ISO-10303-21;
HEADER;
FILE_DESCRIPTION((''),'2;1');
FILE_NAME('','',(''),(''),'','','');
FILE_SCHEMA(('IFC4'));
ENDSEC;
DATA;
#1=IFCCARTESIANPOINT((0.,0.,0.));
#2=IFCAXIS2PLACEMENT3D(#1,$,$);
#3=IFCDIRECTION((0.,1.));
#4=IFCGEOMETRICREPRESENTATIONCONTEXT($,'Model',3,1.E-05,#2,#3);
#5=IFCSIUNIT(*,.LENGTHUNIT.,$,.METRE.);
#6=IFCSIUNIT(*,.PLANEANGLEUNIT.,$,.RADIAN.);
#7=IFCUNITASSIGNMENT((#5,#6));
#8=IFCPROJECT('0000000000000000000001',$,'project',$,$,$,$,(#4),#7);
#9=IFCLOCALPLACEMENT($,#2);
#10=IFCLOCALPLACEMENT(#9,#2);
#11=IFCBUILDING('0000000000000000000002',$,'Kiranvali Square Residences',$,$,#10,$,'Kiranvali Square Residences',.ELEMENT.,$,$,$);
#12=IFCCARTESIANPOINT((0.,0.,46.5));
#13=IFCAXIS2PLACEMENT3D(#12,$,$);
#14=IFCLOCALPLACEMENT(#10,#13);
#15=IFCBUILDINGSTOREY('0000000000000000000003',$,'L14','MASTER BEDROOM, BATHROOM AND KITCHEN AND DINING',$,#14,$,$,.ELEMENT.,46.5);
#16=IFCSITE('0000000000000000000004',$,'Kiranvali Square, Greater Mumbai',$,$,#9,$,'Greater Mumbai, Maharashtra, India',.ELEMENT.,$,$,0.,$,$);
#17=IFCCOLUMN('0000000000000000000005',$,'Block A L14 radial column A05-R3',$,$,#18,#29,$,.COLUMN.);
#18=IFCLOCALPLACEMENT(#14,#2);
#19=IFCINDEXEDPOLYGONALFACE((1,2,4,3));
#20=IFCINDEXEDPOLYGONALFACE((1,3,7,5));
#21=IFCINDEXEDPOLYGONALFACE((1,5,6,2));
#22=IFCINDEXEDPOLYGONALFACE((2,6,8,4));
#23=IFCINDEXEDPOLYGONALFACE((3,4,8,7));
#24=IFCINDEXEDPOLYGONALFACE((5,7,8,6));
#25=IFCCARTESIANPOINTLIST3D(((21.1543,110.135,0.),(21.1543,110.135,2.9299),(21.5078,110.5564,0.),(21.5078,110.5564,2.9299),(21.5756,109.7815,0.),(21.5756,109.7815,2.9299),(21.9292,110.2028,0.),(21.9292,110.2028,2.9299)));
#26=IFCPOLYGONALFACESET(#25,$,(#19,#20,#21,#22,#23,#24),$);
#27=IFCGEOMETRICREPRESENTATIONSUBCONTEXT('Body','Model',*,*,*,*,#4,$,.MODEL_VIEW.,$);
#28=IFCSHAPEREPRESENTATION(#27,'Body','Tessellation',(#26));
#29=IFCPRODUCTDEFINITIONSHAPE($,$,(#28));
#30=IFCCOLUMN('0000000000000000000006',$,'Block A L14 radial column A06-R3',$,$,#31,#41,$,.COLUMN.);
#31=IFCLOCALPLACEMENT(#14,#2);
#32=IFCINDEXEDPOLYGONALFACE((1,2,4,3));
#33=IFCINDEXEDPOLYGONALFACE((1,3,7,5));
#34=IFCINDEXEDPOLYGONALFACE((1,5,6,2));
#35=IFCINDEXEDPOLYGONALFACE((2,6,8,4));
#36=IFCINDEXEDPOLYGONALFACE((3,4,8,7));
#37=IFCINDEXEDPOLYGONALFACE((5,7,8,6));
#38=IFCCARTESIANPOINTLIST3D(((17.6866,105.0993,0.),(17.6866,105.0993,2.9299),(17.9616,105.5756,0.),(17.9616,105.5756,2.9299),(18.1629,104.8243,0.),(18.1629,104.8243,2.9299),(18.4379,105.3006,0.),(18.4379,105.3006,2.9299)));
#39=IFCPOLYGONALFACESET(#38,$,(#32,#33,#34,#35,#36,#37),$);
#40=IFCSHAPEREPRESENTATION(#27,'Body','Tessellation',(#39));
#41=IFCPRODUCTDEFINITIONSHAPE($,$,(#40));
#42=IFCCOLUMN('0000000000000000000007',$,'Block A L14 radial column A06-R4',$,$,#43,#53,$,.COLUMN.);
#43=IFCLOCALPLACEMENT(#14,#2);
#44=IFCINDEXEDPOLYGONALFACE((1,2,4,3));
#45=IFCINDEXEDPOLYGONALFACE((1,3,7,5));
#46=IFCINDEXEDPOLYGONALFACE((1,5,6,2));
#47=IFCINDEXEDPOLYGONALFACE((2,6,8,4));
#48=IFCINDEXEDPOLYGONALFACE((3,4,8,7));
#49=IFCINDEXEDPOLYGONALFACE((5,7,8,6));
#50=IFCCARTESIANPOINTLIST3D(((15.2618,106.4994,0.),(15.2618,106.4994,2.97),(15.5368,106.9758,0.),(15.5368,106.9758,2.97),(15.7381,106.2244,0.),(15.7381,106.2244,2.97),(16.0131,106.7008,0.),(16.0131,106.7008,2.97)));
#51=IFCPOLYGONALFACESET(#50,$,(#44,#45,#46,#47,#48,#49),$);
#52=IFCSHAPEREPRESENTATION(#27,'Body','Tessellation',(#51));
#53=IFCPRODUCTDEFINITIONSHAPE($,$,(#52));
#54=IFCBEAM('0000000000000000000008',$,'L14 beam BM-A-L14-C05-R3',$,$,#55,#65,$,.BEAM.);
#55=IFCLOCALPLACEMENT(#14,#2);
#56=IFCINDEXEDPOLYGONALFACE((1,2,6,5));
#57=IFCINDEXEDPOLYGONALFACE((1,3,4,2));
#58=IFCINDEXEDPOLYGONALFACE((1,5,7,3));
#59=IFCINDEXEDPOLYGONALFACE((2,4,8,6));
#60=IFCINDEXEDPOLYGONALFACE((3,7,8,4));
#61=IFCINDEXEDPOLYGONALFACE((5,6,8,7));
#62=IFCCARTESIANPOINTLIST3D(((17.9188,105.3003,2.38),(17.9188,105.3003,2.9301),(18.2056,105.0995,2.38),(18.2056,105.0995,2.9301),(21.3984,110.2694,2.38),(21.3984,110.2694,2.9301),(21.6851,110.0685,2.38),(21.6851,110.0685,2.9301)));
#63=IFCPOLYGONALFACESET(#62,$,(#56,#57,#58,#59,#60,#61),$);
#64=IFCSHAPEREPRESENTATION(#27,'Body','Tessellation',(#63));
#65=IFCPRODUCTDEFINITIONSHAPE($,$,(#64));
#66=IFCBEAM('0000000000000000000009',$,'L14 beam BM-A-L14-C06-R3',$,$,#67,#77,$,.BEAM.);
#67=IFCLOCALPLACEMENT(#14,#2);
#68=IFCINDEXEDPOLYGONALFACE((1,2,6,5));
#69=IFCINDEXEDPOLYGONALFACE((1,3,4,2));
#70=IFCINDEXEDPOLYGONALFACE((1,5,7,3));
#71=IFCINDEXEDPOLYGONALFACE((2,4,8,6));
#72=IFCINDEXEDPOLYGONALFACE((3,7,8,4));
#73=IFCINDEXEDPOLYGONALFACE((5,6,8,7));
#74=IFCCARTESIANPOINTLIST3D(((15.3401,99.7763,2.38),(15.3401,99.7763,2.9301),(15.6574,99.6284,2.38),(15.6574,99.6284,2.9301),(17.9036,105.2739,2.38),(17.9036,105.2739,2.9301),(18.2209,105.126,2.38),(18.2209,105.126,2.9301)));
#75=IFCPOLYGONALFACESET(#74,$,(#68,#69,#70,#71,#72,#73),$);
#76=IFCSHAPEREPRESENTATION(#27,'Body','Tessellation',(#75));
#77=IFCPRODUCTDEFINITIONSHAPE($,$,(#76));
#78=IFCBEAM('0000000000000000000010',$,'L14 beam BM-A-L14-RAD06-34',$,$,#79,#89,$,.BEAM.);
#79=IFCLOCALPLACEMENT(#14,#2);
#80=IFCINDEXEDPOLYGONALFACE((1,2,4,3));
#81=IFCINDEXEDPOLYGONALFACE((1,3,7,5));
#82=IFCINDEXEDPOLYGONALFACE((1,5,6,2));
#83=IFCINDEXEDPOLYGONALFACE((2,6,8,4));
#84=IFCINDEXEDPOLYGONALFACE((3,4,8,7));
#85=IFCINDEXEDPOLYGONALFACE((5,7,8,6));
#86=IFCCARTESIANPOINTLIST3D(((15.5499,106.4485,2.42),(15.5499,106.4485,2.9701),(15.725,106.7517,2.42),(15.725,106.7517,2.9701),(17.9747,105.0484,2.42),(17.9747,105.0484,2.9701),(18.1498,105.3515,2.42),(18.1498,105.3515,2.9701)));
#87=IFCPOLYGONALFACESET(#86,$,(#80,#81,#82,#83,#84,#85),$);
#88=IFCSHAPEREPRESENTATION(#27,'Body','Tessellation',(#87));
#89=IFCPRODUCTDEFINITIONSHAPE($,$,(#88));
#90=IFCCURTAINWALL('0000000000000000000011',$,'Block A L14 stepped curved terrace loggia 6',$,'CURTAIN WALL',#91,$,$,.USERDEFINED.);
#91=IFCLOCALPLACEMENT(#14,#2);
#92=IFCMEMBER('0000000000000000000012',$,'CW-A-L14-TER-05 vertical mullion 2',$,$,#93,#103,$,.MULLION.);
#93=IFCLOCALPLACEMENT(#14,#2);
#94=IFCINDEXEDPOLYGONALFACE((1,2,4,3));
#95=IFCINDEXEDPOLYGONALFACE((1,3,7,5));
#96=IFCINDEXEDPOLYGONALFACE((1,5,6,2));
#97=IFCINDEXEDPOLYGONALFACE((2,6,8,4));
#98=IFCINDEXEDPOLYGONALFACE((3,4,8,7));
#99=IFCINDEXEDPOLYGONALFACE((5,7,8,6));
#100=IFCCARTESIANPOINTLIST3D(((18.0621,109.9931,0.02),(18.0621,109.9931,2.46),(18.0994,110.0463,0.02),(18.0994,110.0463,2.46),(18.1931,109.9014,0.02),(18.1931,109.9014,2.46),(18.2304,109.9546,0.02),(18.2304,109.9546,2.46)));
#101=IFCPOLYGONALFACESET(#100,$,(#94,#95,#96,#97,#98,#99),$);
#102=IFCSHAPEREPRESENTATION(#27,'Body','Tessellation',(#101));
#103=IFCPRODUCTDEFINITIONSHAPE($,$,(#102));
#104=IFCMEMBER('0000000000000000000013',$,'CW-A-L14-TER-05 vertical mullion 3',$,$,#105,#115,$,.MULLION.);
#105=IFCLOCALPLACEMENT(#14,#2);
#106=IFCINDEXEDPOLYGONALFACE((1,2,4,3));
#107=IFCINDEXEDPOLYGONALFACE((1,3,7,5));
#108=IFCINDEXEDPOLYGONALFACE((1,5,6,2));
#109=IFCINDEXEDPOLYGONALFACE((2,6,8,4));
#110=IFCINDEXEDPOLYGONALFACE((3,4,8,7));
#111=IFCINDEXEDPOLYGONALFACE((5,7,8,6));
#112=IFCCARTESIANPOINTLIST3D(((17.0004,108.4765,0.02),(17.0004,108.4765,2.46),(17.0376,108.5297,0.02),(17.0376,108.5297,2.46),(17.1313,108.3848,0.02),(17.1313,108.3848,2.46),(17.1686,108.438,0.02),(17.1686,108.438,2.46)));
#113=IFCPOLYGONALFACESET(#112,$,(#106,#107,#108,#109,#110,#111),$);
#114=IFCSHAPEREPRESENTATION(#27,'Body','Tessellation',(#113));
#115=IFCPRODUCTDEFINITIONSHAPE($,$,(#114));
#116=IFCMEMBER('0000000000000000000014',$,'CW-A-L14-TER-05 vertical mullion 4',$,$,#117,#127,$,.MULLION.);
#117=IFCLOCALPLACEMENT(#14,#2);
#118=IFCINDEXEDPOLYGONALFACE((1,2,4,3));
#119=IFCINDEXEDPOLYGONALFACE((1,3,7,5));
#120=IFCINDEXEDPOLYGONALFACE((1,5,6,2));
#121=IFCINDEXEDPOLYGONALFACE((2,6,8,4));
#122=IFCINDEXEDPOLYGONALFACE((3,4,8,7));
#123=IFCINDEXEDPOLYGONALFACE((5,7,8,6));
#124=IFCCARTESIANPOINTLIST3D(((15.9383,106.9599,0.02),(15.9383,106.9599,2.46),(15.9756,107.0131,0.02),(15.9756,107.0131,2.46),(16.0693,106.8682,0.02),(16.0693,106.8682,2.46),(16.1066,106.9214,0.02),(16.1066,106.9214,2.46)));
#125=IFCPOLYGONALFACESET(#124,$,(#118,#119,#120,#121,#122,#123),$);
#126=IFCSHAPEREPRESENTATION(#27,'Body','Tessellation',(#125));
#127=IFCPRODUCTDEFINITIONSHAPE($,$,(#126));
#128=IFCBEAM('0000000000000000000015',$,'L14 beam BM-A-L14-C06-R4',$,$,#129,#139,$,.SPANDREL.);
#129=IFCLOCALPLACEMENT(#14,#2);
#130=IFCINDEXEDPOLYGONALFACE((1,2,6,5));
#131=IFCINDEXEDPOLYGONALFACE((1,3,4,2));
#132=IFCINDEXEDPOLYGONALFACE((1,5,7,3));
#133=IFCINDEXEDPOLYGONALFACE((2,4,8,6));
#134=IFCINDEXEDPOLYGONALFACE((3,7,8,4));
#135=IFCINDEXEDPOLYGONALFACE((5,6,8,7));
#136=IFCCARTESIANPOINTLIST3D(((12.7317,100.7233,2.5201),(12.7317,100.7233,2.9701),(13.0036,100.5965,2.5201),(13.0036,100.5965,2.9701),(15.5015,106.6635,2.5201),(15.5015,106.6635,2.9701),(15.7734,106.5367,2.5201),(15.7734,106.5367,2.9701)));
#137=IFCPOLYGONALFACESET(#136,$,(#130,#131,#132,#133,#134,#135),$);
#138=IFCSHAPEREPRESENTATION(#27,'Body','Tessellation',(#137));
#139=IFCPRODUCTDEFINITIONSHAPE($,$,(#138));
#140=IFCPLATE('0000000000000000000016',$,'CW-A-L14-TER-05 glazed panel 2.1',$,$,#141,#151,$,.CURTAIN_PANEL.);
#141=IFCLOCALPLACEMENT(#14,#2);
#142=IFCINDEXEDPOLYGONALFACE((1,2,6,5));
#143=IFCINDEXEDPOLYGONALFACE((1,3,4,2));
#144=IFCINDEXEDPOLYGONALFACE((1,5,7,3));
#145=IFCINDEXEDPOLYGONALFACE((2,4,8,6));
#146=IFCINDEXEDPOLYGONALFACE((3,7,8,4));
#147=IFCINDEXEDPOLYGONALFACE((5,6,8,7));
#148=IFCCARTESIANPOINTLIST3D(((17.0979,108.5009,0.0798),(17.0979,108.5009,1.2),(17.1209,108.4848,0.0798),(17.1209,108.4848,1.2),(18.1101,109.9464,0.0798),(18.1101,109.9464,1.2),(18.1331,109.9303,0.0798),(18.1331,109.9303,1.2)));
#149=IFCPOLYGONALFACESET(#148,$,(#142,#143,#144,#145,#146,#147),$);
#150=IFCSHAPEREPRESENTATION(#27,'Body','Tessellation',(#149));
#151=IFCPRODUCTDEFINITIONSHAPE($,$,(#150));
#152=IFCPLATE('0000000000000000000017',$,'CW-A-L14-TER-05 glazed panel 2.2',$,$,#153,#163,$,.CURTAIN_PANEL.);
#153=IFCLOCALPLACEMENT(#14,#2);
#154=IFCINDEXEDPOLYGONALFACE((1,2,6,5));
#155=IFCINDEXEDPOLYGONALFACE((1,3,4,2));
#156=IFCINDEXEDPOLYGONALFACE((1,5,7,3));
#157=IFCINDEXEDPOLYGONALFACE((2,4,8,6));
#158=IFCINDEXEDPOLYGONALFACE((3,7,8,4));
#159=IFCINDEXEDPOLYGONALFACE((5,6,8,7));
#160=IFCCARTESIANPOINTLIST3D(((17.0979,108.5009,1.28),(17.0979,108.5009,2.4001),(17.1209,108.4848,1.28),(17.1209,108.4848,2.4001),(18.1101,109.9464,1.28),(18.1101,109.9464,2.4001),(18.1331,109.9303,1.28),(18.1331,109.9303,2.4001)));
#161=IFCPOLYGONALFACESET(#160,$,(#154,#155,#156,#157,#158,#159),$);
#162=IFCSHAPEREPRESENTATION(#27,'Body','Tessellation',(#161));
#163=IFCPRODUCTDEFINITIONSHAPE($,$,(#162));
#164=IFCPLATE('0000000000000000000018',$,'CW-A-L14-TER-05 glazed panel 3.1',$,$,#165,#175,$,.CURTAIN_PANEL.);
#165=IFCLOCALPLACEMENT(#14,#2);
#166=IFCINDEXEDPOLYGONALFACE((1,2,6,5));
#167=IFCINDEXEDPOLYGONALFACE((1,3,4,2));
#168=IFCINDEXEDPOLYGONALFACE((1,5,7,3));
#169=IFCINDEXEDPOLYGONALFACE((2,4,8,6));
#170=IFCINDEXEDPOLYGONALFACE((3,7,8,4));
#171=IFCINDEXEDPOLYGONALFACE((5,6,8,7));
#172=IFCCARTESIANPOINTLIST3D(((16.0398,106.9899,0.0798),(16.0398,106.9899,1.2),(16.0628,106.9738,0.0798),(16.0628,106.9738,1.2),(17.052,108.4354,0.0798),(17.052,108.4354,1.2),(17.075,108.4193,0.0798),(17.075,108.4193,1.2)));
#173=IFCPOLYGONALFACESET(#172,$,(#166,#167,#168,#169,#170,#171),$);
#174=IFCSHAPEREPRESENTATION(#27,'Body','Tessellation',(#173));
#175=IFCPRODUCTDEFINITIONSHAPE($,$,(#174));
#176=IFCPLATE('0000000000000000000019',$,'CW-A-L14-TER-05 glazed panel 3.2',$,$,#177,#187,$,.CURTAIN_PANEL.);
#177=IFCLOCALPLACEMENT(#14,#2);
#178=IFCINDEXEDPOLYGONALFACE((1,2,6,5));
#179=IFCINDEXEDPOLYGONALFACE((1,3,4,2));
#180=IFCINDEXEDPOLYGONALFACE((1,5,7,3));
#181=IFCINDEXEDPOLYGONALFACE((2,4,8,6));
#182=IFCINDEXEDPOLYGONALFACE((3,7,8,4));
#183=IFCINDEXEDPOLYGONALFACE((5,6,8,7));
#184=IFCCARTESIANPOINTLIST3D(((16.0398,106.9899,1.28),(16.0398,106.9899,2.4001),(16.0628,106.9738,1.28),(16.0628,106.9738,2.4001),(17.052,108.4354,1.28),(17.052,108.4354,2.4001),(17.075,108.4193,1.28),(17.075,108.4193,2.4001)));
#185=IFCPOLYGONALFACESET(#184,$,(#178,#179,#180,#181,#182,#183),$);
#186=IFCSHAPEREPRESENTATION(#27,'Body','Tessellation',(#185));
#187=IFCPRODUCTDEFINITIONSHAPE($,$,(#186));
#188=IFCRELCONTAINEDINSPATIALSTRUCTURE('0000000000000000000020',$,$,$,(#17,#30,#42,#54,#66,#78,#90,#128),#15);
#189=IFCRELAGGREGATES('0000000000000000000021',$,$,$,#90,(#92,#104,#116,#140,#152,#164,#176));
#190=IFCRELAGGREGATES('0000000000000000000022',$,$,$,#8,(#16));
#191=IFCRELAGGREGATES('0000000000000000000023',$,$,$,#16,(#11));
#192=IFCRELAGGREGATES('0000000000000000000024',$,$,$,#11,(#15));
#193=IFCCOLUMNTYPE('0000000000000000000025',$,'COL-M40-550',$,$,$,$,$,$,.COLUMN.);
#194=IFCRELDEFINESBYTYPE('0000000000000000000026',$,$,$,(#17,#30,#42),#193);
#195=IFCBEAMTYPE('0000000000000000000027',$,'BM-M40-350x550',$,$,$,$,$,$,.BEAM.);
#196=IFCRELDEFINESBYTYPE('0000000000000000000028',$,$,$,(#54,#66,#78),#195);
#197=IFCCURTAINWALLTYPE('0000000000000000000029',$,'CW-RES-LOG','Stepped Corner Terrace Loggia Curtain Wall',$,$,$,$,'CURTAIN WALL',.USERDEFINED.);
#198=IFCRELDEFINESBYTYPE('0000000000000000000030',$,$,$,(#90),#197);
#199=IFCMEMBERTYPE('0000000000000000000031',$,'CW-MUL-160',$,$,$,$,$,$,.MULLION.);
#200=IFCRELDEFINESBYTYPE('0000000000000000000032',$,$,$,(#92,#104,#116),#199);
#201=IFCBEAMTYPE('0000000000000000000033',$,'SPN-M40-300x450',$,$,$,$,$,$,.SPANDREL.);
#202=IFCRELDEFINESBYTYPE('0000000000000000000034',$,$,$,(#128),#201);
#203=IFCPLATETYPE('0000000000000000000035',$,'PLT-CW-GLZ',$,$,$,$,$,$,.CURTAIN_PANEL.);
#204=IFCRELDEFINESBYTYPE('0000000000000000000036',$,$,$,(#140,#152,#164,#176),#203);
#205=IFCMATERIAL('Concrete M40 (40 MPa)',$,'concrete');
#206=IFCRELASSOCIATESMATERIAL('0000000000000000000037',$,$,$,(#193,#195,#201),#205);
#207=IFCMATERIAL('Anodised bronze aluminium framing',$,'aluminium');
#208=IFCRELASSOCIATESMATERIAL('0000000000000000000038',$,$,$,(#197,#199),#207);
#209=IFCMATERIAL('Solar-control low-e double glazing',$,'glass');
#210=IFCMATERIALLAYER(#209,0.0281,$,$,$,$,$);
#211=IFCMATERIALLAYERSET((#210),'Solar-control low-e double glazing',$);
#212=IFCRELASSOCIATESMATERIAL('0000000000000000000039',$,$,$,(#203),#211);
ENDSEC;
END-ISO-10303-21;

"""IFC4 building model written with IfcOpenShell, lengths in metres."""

from ifc_helpers import new_model, si_unit, direction, frame, origin, origin_2d, place, context, subcontext, project, spatial, rectangle, extrude, material, layer, layer_set, material_profile, profile_set, type_object, element, aggregate, save


model = new_model("IFC4")

# Units and contexts
model_context = context("Model", 3, precision=1e-05, world=origin(), true_north=direction((0.0, 1.0)))
body_context = subcontext(model_context, "Body", "Model", "MODEL_VIEW")
ifc_project = project(units=[si_unit("LENGTHUNIT", "METRE"), si_unit("PLANEANGLEUNIT", "RADIAN")], contexts=[model_context])

# Site, building, storey
site_placement = place(None, origin())
site = spatial("IfcSite", under=ifc_project, at=site_placement, Name="Kiranvali Square, Greater Mumbai", LongName="Greater Mumbai, Maharashtra, India", CompositionType="ELEMENT", RefElevation=0.0)
building_placement = place(site_placement, origin())
building = spatial("IfcBuilding", under=site, at=building_placement, Name="Kiranvali Square Residences", LongName="Kiranvali Square Residences", CompositionType="ELEMENT")
storey_placement = place(building_placement, frame((0.0, 0.0, 46.5)))
storey = spatial("IfcBuildingStorey", under=building, at=storey_placement, Name="L14", Description="MASTER BEDROOM, BATHROOM AND KITCHEN AND DINING", CompositionType="ELEMENT", Elevation=46.5)

# Columns
ifc_material_1 = material(Name="Concrete M40 (40 MPa)", Category="concrete")
ifc_material_profile_1 = material_profile(ifc_material_1, rectangle(XDim=0.55, YDim=0.55, at=origin_2d()), Name="RC 550x550")
ifc_profile_set_1 = profile_set([ifc_material_profile_1], Name="Concrete M40 (40 MPa)")
column_type = type_object("IfcColumnType", Name="COL-M40-550", PredefinedType="COLUMN", material=ifc_profile_set_1)
for number, where, z_axis, x_axis, name in (
    (1, (21.5417, 110.1689, 0.0), (0.0, 0.0, 1.0), (0.642788, 0.766044, 0.0), "Block A L14 radial column A05-R3"),
    (2, (18.0623, 105.2, 0.0), (0.0, 0.0, 1.0), (0.5, 0.866025, 0.0), "Block A L14 radial column A06-R3"),
):
    element("IfcColumn", number, at=place(storey_placement, frame(where, z_axis=z_axis, x_axis=x_axis)), inside=storey, type_object=column_type, Name=name, PredefinedType="COLUMN", context=body_context, shape_type="SweptSolid", body=[
        extrude(rectangle(XDim=0.55, YDim=0.55, at=origin_2d()), origin(), (0.0, 0.0, 1.0), 2.9299),
    ])
column_placement = place(storey_placement, frame((15.6375, 106.6001, 0.0), z_axis=(0.0, 0.0, 1.0), x_axis=(0.5, 0.866025, 0.0)))
element("IfcColumn", 3, at=column_placement, inside=storey, type_object=column_type, Name="Block A L14 radial column A06-R4", PredefinedType="COLUMN", context=body_context, shape_type="SweptSolid", body=[
    extrude(rectangle(XDim=0.55, YDim=0.55, at=origin_2d()), origin(), (0.0, 0.0, 1.0), 2.97),
])

# Beams
ifc_material_profile_2 = material_profile(ifc_material_1, rectangle(XDim=0.3501, YDim=0.55, at=origin_2d()), Name="RC 350x550")
ifc_profile_set_2 = profile_set([ifc_material_profile_2], Name="Concrete M40 (40 MPa)")
beam_type_1 = type_object("IfcBeamType", Name="BM-M40-350x550", PredefinedType="BEAM", material=ifc_profile_set_2)
beam_1_placement = place(storey_placement, frame((21.5417, 110.1689, 2.655), z_axis=(-0.573595, -0.819139, 0.0), x_axis=(0.819139, -0.573595, 0.0)))
element("IfcBeam", 4, at=beam_1_placement, inside=storey, type_object=beam_type_1, Name="L14 beam BM-A-L14-C05-R3", PredefinedType="BEAM", context=body_context, shape_type="SweptSolid", body=[
    extrude(rectangle(XDim=0.3501, YDim=0.55, at=origin_2d()), origin(), (0.0, 0.0, 1.0), 6.0662),
])
beam_2_placement = place(storey_placement, frame((18.0623, 105.2, 2.655), z_axis=(-0.422608, -0.906313, 0.0), x_axis=(0.906313, -0.422608, 0.0)))
element("IfcBeam", 5, at=beam_2_placement, inside=storey, type_object=beam_type_1, Name="L14 beam BM-A-L14-C06-R3", PredefinedType="BEAM", context=body_context, shape_type="SweptSolid", body=[
    extrude(rectangle(XDim=0.3501, YDim=0.55, at=origin_2d()), origin(), (0.0, 0.0, 1.0), 6.0659),
])
beam_3_placement = place(storey_placement, frame((18.0623, 105.2, 2.6951), z_axis=(-0.865997, 0.50005, 0.0), x_axis=(-0.50005, -0.865997, 0.0)))
element("IfcBeam", 6, at=beam_3_placement, inside=storey, type_object=beam_type_1, Name="L14 beam BM-A-L14-RAD06-34", PredefinedType="BEAM", context=body_context, shape_type="SweptSolid", body=[
    extrude(rectangle(XDim=0.3501, YDim=0.55, at=origin_2d()), origin(), (0.0, 0.0, 1.0), 2.8),
])

# Curtain wall, members
ifc_material_2 = material(Name="Anodised bronze aluminium framing", Category="aluminium")
curtain_wall_type = type_object("IfcCurtainWallType", Name="CW-RES-LOG", Description="Stepped Corner Terrace Loggia Curtain Wall", ElementType="CURTAIN WALL", PredefinedType="USERDEFINED", material=ifc_material_2)
curtain_wall_placement = place(storey_placement, origin())
curtain_wall = element("IfcCurtainWall", 7, at=curtain_wall_placement, inside=storey, type_object=curtain_wall_type, Name="Block A L14 stepped curved terrace loggia 6", ObjectType="CURTAIN WALL", PredefinedType="USERDEFINED")
ifc_material_profile_3 = material_profile(ifc_material_2, rectangle(XDim=0.0649, YDim=0.1599, at=origin_2d()), Name="ALU 65x160")
ifc_profile_set_3 = profile_set([ifc_material_profile_3], Name="Anodised bronze aluminium framing")
member_type = type_object("IfcMemberType", Name="CW-MUL-160", PredefinedType="MULLION", material=ifc_profile_set_3)
member_1_placement = place(storey_placement, frame((18.1462, 109.9739, 0.02), z_axis=(0.0, 0.0, 1.0), x_axis=(-0.573576, -0.819152, 0.0)))
member_1 = element("IfcMember", 8, at=member_1_placement, type_object=member_type, Name="CW-A-L14-TER-05 vertical mullion 2", PredefinedType="MULLION", context=body_context, shape_type="SweptSolid", body=[
    extrude(rectangle(XDim=0.0649, YDim=0.1599, at=origin_2d()), origin(), (0.0, 0.0, 1.0), 2.4399),
])
member_2_placement = place(storey_placement, frame((17.0845, 108.4573, 0.02), z_axis=(0.0, 0.0, 1.0), x_axis=(-0.573576, -0.819152, 0.0)))
member_2 = element("IfcMember", 9, at=member_2_placement, type_object=member_type, Name="CW-A-L14-TER-05 vertical mullion 3", PredefinedType="MULLION", context=body_context, shape_type="SweptSolid", body=[
    extrude(rectangle(XDim=0.0649, YDim=0.1599, at=origin_2d()), origin(), (0.0, 0.0, 1.0), 2.4399),
])
member_3_placement = place(storey_placement, frame((16.0225, 106.9407, 0.02), z_axis=(0.0, 0.0, 1.0), x_axis=(-0.573576, -0.819152, 0.0)))
member_3 = element("IfcMember", 10, at=member_3_placement, type_object=member_type, Name="CW-A-L14-TER-05 vertical mullion 4", PredefinedType="MULLION", context=body_context, shape_type="SweptSolid", body=[
    extrude(rectangle(XDim=0.0649, YDim=0.1599, at=origin_2d()), origin(), (0.0, 0.0, 1.0), 2.4399),
])

# Beam
ifc_material_profile_4 = material_profile(ifc_material_1, rectangle(XDim=0.3, YDim=0.45, at=origin_2d()), Name="RC 300x450")
ifc_profile_set_4 = profile_set([ifc_material_profile_4], Name="Concrete M40 (40 MPa)")
beam_type_2 = type_object("IfcBeamType", Name="SPN-M40-300x450", PredefinedType="SPANDREL", material=ifc_profile_set_4)
beam_4_placement = place(storey_placement, frame((15.6375, 106.6001, 2.7451), z_axis=(-0.422596, -0.906318, 0.0), x_axis=(0.906318, -0.422596, 0.0)))
element("IfcBeam", 11, at=beam_4_placement, inside=storey, type_object=beam_type_2, Name="L14 beam BM-A-L14-C06-R4", PredefinedType="SPANDREL", context=body_context, shape_type="SweptSolid", body=[
    extrude(rectangle(XDim=0.3, YDim=0.45, at=origin_2d()), origin(), (0.0, 0.0, 1.0), 6.5542),
])

# Plates
ifc_material_3 = material(Name="Solar-control low-e double glazing", Category="glass")
ifc_layer_1 = layer(ifc_material_3, 0.0281)
ifc_layer_set_1 = layer_set([ifc_layer_1], Name="Solar-control low-e double glazing")
plate_type = type_object("IfcPlateType", Name="PLT-CW-GLZ", PredefinedType="CURTAIN_PANEL", material=ifc_layer_set_1)
plate_1_placement = place(storey_placement, frame((17.6155, 109.2156, 0.0798), z_axis=(0.0, 0.0, 1.0), x_axis=(-0.573576, -0.819152, 0.0)))
plate_1 = element("IfcPlate", 12, at=plate_1_placement, type_object=plate_type, Name="CW-A-L14-TER-05 glazed panel 2.1", PredefinedType="CURTAIN_PANEL", context=body_context, shape_type="SweptSolid", body=[
    extrude(rectangle(XDim=1.7646, YDim=0.0281, at=origin_2d()), origin(), (0.0, 0.0, 1.0), 1.1201),
])
plate_2_placement = place(storey_placement, frame((17.6155, 109.2156, 1.28), z_axis=(0.0, 0.0, 1.0), x_axis=(-0.573576, -0.819152, 0.0)))
plate_2 = element("IfcPlate", 13, at=plate_2_placement, type_object=plate_type, Name="CW-A-L14-TER-05 glazed panel 2.2", PredefinedType="CURTAIN_PANEL", context=body_context, shape_type="SweptSolid", body=[
    extrude(rectangle(XDim=1.7646, YDim=0.0281, at=origin_2d()), origin(), (0.0, 0.0, 1.0), 1.1201),
])
plate_3_placement = place(storey_placement, frame((16.5574, 107.7046, 0.0798), z_axis=(0.0, 0.0, 1.0), x_axis=(-0.573576, -0.819152, 0.0)))
plate_3 = element("IfcPlate", 14, at=plate_3_placement, type_object=plate_type, Name="CW-A-L14-TER-05 glazed panel 3.1", PredefinedType="CURTAIN_PANEL", context=body_context, shape_type="SweptSolid", body=[
    extrude(rectangle(XDim=1.7646, YDim=0.0281, at=origin_2d()), origin(), (0.0, 0.0, 1.0), 1.1201),
])
plate_4_placement = place(storey_placement, frame((16.5574, 107.7046, 1.28), z_axis=(0.0, 0.0, 1.0), x_axis=(-0.573576, -0.819152, 0.0)))
plate_4 = element("IfcPlate", 15, at=plate_4_placement, type_object=plate_type, Name="CW-A-L14-TER-05 glazed panel 3.2", PredefinedType="CURTAIN_PANEL", context=body_context, shape_type="SweptSolid", body=[
    extrude(rectangle(XDim=1.7646, YDim=0.0281, at=origin_2d()), origin(), (0.0, 0.0, 1.0), 1.1201),
])
aggregate(curtain_wall, [member_1, member_2, member_3, plate_1, plate_2, plate_3, plate_4])

save(model, "model.ifc")
